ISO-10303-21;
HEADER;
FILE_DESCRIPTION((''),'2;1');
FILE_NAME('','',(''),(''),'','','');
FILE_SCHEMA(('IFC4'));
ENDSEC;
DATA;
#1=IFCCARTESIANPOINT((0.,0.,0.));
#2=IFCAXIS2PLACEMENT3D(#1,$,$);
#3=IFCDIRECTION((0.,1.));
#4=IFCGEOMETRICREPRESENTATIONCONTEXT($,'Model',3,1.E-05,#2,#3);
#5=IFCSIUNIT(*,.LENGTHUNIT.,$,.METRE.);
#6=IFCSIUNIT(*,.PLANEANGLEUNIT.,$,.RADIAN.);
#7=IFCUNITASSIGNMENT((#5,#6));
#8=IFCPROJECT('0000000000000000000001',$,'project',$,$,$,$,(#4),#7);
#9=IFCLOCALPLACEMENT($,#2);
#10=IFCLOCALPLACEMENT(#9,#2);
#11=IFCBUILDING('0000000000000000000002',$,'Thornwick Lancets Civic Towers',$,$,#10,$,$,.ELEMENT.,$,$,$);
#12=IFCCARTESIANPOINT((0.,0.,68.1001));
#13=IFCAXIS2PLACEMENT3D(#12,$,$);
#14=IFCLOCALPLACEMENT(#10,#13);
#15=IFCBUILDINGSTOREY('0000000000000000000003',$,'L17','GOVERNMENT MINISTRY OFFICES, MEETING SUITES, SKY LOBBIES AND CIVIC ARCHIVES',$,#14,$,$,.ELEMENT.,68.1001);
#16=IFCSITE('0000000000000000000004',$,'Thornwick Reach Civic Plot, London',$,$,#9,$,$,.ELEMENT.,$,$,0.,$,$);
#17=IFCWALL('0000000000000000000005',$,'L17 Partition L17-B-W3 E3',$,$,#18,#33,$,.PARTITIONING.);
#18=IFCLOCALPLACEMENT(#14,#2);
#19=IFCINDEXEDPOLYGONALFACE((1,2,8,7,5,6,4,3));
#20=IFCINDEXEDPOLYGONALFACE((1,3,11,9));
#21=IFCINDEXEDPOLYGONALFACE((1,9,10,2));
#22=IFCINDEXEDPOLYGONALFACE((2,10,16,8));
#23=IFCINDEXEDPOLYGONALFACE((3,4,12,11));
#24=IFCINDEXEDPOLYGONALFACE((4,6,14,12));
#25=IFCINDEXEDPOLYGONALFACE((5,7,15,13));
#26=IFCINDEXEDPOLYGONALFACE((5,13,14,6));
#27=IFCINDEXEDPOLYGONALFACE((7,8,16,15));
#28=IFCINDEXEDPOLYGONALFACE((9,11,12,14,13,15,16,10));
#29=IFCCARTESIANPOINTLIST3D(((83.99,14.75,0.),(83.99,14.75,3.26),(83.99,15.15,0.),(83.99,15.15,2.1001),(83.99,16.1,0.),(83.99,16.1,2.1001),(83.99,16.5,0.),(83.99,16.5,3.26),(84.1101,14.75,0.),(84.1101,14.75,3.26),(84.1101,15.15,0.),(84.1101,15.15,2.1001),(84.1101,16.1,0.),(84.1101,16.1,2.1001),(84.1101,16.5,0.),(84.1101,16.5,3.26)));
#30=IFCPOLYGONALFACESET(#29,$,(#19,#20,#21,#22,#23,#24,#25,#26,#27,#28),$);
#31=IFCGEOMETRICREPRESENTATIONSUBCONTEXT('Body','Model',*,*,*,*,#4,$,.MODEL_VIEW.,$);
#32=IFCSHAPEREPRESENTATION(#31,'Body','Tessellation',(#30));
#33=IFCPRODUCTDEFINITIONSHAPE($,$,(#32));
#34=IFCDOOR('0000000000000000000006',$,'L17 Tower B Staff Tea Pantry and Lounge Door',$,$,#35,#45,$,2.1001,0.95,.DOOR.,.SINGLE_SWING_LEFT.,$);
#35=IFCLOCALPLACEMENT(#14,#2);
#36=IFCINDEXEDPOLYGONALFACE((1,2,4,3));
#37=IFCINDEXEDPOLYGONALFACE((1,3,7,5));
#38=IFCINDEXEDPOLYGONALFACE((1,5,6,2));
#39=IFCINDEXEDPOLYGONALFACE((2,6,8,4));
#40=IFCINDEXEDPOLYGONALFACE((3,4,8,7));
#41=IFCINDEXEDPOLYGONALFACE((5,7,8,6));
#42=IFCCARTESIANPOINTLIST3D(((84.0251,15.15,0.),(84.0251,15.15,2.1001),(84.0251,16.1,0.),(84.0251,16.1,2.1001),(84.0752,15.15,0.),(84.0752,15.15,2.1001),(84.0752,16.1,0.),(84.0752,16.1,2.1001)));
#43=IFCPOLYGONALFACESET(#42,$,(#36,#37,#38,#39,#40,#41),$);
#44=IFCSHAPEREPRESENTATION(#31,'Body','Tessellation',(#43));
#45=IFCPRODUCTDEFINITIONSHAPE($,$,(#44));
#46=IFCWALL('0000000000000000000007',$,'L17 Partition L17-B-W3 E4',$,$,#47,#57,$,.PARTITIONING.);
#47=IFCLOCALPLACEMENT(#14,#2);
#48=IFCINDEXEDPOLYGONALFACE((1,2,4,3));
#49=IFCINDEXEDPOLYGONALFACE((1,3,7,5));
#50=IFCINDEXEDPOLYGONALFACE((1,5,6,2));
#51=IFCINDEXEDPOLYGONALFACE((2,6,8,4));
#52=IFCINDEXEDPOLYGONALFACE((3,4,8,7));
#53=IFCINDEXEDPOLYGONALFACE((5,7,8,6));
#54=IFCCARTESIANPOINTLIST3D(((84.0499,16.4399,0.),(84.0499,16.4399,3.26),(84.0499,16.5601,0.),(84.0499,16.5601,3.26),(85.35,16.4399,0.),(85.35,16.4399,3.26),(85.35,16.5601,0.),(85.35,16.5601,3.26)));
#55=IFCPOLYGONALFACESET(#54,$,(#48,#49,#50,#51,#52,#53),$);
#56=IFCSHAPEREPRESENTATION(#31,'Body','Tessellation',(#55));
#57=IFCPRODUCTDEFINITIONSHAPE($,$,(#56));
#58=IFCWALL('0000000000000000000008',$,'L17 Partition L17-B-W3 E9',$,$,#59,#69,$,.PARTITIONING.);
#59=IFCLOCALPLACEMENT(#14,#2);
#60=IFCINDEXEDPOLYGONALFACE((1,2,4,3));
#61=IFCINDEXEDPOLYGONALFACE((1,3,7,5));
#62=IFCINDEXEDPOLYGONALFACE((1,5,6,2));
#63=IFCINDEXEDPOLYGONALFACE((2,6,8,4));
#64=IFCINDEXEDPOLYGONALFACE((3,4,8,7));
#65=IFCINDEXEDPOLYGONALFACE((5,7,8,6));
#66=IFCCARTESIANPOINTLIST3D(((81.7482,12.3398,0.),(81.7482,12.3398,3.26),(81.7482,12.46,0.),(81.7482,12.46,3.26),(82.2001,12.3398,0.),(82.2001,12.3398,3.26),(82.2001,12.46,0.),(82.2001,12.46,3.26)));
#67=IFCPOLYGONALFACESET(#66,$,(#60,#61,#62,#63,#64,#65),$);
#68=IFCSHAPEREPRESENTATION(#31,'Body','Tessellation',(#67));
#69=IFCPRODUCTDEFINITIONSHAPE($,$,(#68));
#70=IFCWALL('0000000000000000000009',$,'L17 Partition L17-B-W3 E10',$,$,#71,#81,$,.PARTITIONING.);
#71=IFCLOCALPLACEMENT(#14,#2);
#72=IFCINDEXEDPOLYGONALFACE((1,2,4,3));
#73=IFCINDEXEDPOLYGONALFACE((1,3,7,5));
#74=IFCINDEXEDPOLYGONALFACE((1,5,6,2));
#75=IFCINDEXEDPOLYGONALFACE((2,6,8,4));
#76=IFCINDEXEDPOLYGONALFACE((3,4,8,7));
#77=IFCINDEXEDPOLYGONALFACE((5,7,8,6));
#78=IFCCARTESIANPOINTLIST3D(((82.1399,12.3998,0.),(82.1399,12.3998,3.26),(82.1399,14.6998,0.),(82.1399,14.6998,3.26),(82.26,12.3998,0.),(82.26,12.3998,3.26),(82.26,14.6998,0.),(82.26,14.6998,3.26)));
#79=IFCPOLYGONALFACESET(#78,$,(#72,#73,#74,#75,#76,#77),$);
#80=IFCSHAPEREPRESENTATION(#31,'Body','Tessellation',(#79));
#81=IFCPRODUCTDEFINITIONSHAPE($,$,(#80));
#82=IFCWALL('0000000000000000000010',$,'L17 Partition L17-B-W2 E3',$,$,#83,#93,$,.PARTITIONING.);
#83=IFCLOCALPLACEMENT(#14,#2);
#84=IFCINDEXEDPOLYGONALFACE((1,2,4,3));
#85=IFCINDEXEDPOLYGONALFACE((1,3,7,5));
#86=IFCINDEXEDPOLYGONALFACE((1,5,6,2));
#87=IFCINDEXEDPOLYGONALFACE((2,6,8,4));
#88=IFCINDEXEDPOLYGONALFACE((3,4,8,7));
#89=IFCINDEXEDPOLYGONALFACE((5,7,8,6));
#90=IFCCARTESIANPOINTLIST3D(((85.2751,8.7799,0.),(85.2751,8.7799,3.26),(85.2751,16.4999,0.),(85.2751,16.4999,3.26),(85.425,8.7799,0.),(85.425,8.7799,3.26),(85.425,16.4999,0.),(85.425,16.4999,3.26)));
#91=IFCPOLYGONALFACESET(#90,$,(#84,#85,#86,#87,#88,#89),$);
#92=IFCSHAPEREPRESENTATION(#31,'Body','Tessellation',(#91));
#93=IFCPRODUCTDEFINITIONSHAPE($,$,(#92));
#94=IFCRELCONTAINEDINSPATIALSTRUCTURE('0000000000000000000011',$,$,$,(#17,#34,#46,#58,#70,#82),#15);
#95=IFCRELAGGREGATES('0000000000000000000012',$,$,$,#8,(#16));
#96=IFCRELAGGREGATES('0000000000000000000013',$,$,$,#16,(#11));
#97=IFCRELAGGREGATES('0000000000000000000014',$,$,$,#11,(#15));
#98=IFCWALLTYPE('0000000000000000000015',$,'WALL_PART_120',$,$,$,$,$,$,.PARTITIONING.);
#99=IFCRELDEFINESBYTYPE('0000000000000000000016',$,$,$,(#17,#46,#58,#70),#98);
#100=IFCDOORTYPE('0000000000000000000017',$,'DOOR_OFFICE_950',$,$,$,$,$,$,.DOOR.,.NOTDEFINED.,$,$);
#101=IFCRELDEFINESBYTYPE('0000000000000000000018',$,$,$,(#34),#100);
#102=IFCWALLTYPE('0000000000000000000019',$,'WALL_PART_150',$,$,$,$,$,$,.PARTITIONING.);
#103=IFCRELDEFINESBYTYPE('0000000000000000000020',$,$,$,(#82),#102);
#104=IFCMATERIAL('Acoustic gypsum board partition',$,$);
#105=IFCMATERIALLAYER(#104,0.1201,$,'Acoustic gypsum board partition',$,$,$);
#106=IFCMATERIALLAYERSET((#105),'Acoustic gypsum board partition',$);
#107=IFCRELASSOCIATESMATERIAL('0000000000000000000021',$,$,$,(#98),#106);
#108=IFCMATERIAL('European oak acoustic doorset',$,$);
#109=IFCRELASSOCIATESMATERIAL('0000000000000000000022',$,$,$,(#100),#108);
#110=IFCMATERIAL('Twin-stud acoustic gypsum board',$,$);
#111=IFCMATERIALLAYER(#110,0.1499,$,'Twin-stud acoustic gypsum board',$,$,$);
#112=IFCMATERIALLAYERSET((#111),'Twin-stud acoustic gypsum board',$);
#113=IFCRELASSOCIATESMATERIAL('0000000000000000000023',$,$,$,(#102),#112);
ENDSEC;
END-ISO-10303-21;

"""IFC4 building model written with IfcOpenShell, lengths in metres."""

from ifc_helpers import new_model, si_unit, direction, frame, frame_2d, origin, place, context, subcontext, project, spatial, rectangle, extrude, material, layer, layer_set, type_object, element, fill, save


model = new_model("IFC4")

# Units and contexts
model_context = context("Model", 3, precision=1e-05, world=origin(), true_north=direction((0.0, 1.0)))
body_context = subcontext(model_context, "Body", "Model", "MODEL_VIEW")
ifc_project = project(units=[si_unit("LENGTHUNIT", "METRE"), si_unit("PLANEANGLEUNIT", "RADIAN")], contexts=[model_context])

# Site, building, storey
site_placement = place(None, origin())
site = spatial("IfcSite", under=ifc_project, at=site_placement, Name="Thornwick Reach Civic Plot, London", CompositionType="ELEMENT", RefElevation=0.0)
building_placement = place(site_placement, origin())
building = spatial("IfcBuilding", under=site, at=building_placement, Name="Thornwick Lancets Civic Towers", CompositionType="ELEMENT")
storey_placement = place(building_placement, frame((0.0, 0.0, 68.1001)))
storey = spatial("IfcBuildingStorey", under=building, at=storey_placement, Name="L17", Description="GOVERNMENT MINISTRY OFFICES, MEETING SUITES, SKY LOBBIES AND CIVIC ARCHIVES", CompositionType="ELEMENT", Elevation=68.1001)

# Shared definitions
ifc_material_1 = material(Name="Acoustic gypsum board partition")
ifc_layer_1 = layer(ifc_material_1, 0.1201, Name="Acoustic gypsum board partition")
ifc_layer_set_1 = layer_set([ifc_layer_1], Name="Acoustic gypsum board partition")
wall_type_1 = type_object("IfcWallType", Name="WALL_PART_120", PredefinedType="PARTITIONING", material=ifc_layer_set_1)

# Wall, opening, door
wall_1_placement = place(storey_placement, frame((84.05, 14.75, 0.0), z_axis=(0.0, 0.0, 1.0), x_axis=(0.0, 1.0, 0.0)))
wall_1 = element("IfcWall", 1, at=wall_1_placement, inside=storey, type_object=wall_type_1, Name="L17 Partition L17-B-W3 E3", PredefinedType="PARTITIONING", context=body_context, shape_type="SweptSolid", body=[
    extrude(rectangle(XDim=1.75, YDim=0.1201, at=frame_2d((0.875, 0.0))), origin(), (0.0, 0.0, 1.0), 3.26),
])
opening_1_placement = place(wall_1_placement, frame((0.3999, 0.0, 0.0)))
opening_1 = element("IfcOpeningElement", 2, at=opening_1_placement, cuts=wall_1, PredefinedType="OPENING", context=body_context, shape_type="SweptSolid", body=[
    extrude(rectangle(XDim=0.95, YDim=2.1001, at=frame_2d((0.4751, 1.05))), frame((0.0, 0.0701, 0.0), z_axis=(0.0, -1.0, 0.0), x_axis=(1.0, 0.0, 0.0)), (0.0, 0.0, 1.0), 0.1401),
])
ifc_material_2 = material(Name="European oak acoustic doorset")
door_type_1 = type_object("IfcDoorType", Name="DOOR_OFFICE_950", OperationType="NOTDEFINED", PredefinedType="DOOR", material=ifc_material_2)
door_1_placement = place(opening_1_placement, origin())
door_1 = element("IfcDoor", 3, at=door_1_placement, inside=storey, type_object=door_type_1, Name="L17 Tower B Staff Tea Pantry and Lounge Door", OperationType="SINGLE_SWING_LEFT", OverallHeight=2.1001, OverallWidth=0.95, PredefinedType="DOOR", context=body_context, shape_type="SweptSolid", body=[
    extrude(rectangle(XDim=0.95, YDim=2.1001, at=frame_2d((0.4751, 1.05))), frame((0.0, 0.0249, 0.0), z_axis=(0.0, -1.0, 0.0), x_axis=(1.0, 0.0, 0.0)), (0.0, 0.0, 1.0), 0.05),
])
fill(opening_1, door_1)

# Walls
wall_2_placement = place(storey_placement, frame((84.05, 16.5, 0.0), z_axis=(0.0, 0.0, 1.0), x_axis=(1.0, 0.0, 0.0)))
element("IfcWall", 4, at=wall_2_placement, inside=storey, type_object=wall_type_1, Name="L17 Partition L17-B-W3 E4", PredefinedType="PARTITIONING", context=body_context, shape_type="SweptSolid", body=[
    extrude(rectangle(XDim=1.3, YDim=0.1201, at=frame_2d((0.6499, 0.0))), origin(), (0.0, 0.0, 1.0), 3.26),
])
wall_3_placement = place(storey_placement, frame((81.748, 12.3999, 0.0), z_axis=(0.0, 0.0, 1.0), x_axis=(1.0, 0.0, 0.0)))
element("IfcWall", 5, at=wall_3_placement, inside=storey, type_object=wall_type_1, Name="L17 Partition L17-B-W3 E9", PredefinedType="PARTITIONING", context=body_context, shape_type="SweptSolid", body=[
    extrude(rectangle(XDim=0.4519, YDim=0.1201, at=frame_2d((0.2261, 0.0))), origin(), (0.0, 0.0, 1.0), 3.26),
])
wall_4_placement = place(storey_placement, frame((82.2, 12.3999, 0.0), z_axis=(0.0, 0.0, 1.0), x_axis=(0.0, 1.0, 0.0)))
element("IfcWall", 6, at=wall_4_placement, inside=storey, type_object=wall_type_1, Name="L17 Partition L17-B-W3 E10", PredefinedType="PARTITIONING", context=body_context, shape_type="SweptSolid", body=[
    extrude(rectangle(XDim=2.3, YDim=0.1201, at=frame_2d((1.1499, 0.0))), origin(), (0.0, 0.0, 1.0), 3.26),
])
ifc_material_3 = material(Name="Twin-stud acoustic gypsum board")
ifc_layer_2 = layer(ifc_material_3, 0.1499, Name="Twin-stud acoustic gypsum board")
ifc_layer_set_2 = layer_set([ifc_layer_2], Name="Twin-stud acoustic gypsum board")
wall_type_2 = type_object("IfcWallType", Name="WALL_PART_150", PredefinedType="PARTITIONING", material=ifc_layer_set_2)
wall_5_placement = place(storey_placement, frame((85.3501, 8.78, 0.0), z_axis=(0.0, 0.0, 1.0), x_axis=(0.0, 1.0, 0.0)))
element("IfcWall", 7, at=wall_5_placement, inside=storey, type_object=wall_type_2, Name="L17 Partition L17-B-W2 E3", PredefinedType="PARTITIONING", context=body_context, shape_type="SweptSolid", body=[
    extrude(rectangle(XDim=7.72, YDim=0.1499, at=frame_2d((3.8599, 0.0))), origin(), (0.0, 0.0, 1.0), 3.26),
])

save(model, "model.ifc")
